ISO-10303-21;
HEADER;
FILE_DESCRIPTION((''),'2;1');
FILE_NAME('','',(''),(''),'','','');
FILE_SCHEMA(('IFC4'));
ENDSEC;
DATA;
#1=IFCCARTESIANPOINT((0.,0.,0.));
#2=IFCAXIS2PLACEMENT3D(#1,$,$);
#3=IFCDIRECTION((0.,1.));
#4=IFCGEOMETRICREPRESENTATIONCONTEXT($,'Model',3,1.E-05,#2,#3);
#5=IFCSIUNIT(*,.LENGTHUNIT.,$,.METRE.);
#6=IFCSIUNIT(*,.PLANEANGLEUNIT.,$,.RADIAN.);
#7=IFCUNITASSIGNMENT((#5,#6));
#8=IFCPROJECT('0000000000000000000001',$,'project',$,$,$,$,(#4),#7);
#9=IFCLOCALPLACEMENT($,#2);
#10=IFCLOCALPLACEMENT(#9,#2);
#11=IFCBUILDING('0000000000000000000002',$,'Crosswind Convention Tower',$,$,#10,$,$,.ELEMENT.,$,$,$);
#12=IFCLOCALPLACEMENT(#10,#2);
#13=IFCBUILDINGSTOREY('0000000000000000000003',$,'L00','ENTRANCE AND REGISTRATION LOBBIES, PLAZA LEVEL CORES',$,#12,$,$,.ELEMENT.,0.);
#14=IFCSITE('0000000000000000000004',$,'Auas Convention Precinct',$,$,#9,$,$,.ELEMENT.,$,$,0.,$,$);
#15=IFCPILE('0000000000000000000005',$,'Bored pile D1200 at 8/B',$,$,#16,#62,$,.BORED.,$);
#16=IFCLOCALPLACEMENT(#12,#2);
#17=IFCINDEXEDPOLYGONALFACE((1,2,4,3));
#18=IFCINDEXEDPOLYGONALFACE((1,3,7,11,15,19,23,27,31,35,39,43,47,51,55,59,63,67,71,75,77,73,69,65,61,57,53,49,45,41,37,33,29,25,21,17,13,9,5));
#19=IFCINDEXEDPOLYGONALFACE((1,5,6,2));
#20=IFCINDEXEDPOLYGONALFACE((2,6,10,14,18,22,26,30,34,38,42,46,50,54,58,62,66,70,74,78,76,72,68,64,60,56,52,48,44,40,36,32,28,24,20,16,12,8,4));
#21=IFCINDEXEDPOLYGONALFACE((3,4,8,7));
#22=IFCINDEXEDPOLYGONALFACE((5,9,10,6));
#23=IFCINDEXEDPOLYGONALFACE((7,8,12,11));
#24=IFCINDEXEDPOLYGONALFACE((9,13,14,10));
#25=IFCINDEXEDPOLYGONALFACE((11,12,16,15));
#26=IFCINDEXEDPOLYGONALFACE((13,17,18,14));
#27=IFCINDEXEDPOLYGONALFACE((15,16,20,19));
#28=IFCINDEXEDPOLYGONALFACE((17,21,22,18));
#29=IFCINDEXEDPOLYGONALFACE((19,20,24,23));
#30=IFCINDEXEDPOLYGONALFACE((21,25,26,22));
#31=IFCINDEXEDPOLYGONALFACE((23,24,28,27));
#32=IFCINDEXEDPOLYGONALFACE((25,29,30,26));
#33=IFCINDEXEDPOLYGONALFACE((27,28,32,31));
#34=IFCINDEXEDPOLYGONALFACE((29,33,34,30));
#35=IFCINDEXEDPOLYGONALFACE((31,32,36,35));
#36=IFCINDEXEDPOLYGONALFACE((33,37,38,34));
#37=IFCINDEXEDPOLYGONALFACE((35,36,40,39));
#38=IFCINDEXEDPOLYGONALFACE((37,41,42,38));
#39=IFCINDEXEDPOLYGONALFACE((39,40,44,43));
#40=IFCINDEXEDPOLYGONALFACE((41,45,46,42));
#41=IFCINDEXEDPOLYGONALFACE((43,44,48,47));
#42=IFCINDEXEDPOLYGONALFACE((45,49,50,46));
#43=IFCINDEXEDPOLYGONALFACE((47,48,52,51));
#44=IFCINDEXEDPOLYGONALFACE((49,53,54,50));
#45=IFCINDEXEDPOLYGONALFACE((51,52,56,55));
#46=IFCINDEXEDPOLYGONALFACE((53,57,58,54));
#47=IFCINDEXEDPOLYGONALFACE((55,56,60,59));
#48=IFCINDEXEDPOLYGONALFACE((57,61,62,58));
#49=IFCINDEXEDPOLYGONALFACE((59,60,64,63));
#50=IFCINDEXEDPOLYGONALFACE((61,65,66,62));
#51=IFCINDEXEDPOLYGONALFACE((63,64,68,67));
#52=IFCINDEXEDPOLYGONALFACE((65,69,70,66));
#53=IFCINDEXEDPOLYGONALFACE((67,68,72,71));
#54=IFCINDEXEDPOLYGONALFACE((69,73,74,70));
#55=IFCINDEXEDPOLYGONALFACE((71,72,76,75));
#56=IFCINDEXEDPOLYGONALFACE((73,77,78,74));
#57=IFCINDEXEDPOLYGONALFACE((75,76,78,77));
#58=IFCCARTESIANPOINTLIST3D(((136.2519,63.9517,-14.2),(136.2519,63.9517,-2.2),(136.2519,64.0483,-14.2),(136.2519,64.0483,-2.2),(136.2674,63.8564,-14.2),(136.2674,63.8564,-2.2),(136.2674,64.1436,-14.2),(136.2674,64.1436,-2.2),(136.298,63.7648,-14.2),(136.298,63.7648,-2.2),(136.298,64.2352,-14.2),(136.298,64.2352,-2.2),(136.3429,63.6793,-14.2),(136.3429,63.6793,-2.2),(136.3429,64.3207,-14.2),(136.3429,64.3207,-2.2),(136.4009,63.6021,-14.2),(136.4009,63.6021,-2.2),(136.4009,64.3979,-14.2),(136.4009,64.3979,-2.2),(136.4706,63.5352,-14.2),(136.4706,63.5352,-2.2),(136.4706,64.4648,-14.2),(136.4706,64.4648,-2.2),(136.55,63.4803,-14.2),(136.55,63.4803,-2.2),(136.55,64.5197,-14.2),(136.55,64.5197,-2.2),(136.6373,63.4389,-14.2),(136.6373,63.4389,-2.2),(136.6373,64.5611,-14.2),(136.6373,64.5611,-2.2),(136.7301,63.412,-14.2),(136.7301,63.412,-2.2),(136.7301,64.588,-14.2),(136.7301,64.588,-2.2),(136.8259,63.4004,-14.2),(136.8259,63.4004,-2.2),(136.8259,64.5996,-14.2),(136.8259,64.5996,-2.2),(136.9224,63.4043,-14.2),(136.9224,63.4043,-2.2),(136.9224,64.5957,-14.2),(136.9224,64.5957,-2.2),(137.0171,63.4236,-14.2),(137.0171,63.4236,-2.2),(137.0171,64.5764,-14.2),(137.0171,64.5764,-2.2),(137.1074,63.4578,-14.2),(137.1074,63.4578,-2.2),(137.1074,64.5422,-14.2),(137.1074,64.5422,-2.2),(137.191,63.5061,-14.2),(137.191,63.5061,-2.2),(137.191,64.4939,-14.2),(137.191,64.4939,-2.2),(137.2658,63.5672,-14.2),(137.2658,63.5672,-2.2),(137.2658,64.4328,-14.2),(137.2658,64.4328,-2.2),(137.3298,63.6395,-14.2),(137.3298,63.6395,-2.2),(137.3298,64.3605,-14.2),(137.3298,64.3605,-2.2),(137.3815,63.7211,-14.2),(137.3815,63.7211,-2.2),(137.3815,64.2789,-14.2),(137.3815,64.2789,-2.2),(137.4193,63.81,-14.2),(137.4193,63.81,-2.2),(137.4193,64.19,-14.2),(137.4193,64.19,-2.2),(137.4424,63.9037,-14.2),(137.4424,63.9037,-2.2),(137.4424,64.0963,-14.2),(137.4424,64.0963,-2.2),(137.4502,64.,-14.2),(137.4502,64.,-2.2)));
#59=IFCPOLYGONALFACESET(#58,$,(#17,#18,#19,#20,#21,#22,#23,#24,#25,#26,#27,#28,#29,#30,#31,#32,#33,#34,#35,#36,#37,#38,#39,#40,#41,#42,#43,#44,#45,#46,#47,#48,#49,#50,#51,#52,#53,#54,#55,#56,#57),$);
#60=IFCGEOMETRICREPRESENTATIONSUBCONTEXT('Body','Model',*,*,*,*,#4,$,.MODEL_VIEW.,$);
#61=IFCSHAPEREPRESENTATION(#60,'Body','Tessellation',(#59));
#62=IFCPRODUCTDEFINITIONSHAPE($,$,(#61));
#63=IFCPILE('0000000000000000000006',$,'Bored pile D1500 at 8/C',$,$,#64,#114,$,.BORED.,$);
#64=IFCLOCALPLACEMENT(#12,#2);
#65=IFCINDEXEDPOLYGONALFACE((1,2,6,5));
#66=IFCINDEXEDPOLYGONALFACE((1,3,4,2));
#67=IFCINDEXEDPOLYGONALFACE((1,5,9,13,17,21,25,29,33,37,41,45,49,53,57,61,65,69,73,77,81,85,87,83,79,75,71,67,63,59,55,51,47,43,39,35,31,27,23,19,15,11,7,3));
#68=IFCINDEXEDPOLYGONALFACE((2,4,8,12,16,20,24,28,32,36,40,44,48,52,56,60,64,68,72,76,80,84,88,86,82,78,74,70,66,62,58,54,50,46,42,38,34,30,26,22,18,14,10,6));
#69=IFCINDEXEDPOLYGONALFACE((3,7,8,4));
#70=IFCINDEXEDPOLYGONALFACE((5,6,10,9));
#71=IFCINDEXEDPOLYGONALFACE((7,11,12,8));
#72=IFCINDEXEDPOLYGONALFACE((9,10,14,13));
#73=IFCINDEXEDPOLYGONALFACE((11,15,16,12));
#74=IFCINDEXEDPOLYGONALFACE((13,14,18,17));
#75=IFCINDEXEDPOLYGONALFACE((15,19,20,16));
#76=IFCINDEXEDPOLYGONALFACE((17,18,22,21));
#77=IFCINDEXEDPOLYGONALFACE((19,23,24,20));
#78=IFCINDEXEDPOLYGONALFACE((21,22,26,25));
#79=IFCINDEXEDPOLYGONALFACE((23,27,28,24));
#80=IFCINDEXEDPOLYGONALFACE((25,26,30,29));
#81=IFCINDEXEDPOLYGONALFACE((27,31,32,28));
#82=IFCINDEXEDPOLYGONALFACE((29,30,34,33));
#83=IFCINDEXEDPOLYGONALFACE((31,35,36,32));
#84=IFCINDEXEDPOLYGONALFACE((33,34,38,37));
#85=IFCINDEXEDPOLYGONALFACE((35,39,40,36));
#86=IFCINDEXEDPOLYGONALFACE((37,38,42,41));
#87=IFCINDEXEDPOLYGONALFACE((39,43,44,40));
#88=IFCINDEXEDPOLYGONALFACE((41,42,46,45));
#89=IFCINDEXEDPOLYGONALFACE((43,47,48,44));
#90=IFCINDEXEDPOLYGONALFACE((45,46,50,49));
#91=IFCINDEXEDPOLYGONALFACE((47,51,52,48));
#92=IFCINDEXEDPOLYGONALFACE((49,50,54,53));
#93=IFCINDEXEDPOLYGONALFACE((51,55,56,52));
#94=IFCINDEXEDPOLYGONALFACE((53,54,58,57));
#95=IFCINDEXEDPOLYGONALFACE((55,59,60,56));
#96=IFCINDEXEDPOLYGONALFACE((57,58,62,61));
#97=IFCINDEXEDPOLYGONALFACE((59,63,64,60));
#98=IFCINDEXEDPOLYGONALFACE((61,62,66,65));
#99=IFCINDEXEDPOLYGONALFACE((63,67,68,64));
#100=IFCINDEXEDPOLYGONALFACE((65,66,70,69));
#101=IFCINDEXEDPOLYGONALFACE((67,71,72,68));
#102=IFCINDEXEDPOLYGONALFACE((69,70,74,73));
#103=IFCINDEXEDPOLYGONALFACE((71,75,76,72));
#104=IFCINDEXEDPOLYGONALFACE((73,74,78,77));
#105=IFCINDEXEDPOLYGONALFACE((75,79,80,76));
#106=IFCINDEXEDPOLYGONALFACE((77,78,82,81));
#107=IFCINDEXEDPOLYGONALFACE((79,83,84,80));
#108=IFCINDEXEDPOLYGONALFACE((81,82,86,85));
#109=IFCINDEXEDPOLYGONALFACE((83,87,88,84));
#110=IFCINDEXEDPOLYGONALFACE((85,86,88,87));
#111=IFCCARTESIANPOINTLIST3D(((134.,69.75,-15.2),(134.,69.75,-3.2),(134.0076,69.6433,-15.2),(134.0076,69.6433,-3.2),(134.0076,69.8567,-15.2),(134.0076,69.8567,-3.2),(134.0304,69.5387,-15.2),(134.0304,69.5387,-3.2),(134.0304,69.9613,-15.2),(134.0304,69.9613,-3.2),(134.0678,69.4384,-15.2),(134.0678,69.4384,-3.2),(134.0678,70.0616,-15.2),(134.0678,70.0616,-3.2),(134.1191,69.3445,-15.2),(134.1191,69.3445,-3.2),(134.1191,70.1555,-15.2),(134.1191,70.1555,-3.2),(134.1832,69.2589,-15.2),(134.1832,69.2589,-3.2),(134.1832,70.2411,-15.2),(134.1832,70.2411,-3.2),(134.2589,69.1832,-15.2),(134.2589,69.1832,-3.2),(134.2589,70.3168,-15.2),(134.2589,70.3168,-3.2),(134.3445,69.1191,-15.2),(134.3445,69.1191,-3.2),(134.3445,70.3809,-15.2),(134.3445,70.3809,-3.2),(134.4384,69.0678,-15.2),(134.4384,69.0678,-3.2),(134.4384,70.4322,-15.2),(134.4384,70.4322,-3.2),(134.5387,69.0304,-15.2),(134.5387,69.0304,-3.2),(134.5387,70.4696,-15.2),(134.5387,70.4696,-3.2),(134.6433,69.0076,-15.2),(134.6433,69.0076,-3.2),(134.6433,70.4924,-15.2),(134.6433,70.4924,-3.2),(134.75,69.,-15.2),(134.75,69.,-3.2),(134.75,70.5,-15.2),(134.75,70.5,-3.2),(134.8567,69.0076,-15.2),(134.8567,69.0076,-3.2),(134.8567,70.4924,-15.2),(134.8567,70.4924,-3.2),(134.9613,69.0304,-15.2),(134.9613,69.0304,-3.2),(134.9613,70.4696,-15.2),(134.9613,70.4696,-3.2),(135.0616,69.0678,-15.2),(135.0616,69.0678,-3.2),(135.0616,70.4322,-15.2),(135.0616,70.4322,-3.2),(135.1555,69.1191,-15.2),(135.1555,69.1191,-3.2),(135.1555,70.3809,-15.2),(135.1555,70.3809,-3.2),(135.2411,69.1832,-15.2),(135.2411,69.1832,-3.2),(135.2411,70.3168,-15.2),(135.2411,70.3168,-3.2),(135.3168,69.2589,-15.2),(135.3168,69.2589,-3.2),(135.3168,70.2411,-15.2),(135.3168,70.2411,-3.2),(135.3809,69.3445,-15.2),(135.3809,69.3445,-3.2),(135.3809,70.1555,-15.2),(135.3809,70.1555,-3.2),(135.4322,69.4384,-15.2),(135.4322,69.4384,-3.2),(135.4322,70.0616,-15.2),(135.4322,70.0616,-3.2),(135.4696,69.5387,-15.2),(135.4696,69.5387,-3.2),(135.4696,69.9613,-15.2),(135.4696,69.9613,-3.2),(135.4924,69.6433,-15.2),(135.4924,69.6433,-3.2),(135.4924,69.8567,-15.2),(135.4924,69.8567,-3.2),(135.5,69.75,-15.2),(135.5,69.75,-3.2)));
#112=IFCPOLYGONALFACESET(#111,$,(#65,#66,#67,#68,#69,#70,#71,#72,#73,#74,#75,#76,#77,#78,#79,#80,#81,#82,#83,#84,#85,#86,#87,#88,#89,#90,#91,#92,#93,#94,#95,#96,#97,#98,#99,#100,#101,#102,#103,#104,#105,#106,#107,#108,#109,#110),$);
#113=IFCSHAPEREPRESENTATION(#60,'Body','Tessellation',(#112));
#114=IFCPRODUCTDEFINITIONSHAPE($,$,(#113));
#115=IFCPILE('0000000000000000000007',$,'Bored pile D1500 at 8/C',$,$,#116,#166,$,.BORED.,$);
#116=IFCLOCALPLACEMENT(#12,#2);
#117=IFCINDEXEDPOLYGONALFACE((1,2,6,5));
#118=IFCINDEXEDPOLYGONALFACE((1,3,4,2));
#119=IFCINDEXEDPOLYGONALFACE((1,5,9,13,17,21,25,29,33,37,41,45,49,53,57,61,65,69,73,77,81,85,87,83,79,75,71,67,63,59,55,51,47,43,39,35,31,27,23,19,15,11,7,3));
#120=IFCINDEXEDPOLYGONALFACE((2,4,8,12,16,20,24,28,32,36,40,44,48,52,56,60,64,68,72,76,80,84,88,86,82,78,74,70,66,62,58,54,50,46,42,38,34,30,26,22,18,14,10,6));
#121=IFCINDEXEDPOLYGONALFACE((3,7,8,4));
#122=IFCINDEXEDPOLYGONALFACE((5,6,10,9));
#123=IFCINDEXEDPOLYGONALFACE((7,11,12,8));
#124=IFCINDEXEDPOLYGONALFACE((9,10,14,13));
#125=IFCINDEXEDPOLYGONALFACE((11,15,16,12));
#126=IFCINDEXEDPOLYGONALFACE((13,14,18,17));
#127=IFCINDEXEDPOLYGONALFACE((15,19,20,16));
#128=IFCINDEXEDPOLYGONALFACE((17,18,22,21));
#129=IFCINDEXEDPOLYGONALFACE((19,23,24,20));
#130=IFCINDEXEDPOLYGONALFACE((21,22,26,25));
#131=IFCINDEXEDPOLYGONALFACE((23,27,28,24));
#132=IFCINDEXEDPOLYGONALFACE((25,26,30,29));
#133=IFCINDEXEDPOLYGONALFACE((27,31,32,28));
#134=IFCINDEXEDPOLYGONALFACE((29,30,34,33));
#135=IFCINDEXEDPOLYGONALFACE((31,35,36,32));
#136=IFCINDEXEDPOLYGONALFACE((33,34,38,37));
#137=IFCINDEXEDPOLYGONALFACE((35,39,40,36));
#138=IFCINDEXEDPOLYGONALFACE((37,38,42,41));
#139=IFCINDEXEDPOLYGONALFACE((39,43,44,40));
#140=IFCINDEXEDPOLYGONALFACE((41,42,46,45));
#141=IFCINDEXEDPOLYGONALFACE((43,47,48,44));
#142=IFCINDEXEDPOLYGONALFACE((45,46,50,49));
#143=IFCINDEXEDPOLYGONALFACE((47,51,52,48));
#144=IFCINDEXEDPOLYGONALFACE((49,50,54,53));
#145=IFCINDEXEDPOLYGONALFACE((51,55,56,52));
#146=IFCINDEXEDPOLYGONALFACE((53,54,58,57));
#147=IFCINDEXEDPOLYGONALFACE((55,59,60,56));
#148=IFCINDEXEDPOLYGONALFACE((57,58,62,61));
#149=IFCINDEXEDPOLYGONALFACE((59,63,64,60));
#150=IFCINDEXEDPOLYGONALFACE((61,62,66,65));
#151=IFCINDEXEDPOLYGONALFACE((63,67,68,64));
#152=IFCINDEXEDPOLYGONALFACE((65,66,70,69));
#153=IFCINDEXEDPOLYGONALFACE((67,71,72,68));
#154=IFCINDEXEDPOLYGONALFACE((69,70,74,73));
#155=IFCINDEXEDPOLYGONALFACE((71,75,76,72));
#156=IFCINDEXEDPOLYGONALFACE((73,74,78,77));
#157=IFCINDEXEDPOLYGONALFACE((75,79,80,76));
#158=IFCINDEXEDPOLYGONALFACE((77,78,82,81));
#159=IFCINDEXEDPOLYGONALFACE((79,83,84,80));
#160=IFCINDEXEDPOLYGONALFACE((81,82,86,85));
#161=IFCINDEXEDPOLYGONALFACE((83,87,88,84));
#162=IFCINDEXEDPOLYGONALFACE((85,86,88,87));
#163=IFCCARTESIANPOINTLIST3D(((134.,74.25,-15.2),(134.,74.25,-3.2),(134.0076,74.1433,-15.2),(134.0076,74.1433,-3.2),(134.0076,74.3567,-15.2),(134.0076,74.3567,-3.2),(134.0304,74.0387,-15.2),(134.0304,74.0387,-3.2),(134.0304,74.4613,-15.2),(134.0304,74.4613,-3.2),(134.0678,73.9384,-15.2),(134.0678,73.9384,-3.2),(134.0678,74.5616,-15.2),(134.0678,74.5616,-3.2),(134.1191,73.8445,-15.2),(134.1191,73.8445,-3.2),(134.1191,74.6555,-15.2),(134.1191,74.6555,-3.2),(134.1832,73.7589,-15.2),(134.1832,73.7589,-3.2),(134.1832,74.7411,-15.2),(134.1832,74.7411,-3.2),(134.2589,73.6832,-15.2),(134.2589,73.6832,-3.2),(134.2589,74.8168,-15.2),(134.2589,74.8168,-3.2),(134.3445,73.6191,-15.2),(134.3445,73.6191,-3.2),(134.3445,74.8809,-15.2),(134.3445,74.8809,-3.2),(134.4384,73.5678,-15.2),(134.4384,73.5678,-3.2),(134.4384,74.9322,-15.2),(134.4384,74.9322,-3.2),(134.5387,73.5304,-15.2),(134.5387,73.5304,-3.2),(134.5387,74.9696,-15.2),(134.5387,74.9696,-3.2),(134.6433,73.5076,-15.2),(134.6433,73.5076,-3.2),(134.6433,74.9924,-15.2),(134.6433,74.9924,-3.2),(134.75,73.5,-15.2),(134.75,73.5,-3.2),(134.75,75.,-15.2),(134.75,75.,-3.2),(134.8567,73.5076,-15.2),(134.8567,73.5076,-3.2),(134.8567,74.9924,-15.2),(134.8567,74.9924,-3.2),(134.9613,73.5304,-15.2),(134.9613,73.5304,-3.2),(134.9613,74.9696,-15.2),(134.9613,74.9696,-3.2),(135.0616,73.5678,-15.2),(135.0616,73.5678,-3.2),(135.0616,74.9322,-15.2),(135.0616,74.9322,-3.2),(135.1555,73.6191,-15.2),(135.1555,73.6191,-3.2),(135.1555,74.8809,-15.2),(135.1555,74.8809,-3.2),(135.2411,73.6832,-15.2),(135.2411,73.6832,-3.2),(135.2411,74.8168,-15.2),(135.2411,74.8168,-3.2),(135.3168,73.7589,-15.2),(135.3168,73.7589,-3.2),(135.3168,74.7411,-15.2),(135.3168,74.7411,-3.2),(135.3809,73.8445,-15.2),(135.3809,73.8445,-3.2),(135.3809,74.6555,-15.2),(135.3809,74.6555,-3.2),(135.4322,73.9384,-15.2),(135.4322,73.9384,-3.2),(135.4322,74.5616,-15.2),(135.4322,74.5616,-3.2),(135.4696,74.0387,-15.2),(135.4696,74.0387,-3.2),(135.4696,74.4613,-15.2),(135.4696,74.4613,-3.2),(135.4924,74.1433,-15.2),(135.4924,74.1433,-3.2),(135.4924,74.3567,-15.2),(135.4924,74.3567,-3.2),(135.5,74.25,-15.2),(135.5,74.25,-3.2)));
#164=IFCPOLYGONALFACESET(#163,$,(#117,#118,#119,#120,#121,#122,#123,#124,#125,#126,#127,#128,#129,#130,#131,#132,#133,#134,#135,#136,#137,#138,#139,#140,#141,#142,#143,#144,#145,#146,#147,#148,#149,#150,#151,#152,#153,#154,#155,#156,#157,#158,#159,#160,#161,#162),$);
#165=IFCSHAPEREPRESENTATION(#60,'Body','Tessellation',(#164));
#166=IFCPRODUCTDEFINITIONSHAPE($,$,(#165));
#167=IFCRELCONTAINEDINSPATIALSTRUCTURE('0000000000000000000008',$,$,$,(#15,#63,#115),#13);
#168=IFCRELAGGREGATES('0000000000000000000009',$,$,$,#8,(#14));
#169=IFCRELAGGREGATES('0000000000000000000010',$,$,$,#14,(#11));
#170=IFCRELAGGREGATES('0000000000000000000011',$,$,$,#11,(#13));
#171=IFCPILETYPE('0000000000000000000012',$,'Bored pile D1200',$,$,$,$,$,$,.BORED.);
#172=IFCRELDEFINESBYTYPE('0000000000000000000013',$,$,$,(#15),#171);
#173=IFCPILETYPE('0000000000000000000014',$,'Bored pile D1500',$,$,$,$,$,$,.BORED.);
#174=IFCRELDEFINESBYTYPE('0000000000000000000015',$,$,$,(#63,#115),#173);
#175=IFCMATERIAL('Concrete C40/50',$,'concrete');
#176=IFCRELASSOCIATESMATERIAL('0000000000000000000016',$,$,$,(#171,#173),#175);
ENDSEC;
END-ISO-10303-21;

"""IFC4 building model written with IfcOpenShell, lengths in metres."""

from ifc_helpers import new_model, si_unit, direction, frame, origin, origin_2d, place, context, subcontext, project, spatial, circle, extrude, material, material_profile, profile_set, type_object, element, save


model = new_model("IFC4")

# Units and contexts
model_context = context("Model", 3, precision=1e-05, world=origin(), true_north=direction((0.0, 1.0)))
body_context = subcontext(model_context, "Body", "Model", "MODEL_VIEW")
ifc_project = project(units=[si_unit("LENGTHUNIT", "METRE"), si_unit("PLANEANGLEUNIT", "RADIAN")], contexts=[model_context])

# Site, building, storey
site_placement = place(None, origin())
site = spatial("IfcSite", under=ifc_project, at=site_placement, Name="Auas Convention Precinct", CompositionType="ELEMENT", RefElevation=0.0)
building_placement = place(site_placement, origin())
building = spatial("IfcBuilding", under=site, at=building_placement, Name="Crosswind Convention Tower", CompositionType="ELEMENT")
storey_placement = place(building_placement, origin())
storey = spatial("IfcBuildingStorey", under=building, at=storey_placement, Name="L00", Description="ENTRANCE AND REGISTRATION LOBBIES, PLAZA LEVEL CORES", CompositionType="ELEMENT", Elevation=0.0)

# Piles
ifc_material_1 = material(Name="Concrete C40/50", Category="concrete")
ifc_material_profile_1 = material_profile(ifc_material_1, circle(Radius=0.6001, at=origin_2d()), Name="Bored pile D1200")
ifc_profile_set_1 = profile_set([ifc_material_profile_1], Name="Concrete C40/50")
pile_type_1 = type_object("IfcPileType", Name="Bored pile D1200", PredefinedType="BORED", material=ifc_profile_set_1)
for number, where, z_axis, x_axis, name in (
    (1, (136.8501, 64.0, -2.2), (0.0, 0.0, -1.0), (1.0, 0.0, 0.0), "Bored pile D1200 at 8/B"),
):
    element("IfcPile", number, at=place(storey_placement, frame(where, z_axis=z_axis, x_axis=x_axis)), inside=storey, type_object=pile_type_1, Name=name, PredefinedType="BORED", context=body_context, shape_type="SweptSolid", body=[
        extrude(circle(Radius=0.6001, at=origin_2d()), origin(), (0.0, 0.0, 1.0), 12.0),
    ])
ifc_material_profile_2 = material_profile(ifc_material_1, circle(Radius=0.75, at=origin_2d()), Name="Bored pile D1500")
ifc_profile_set_2 = profile_set([ifc_material_profile_2], Name="Concrete C40/50")
pile_type_2 = type_object("IfcPileType", Name="Bored pile D1500", PredefinedType="BORED", material=ifc_profile_set_2)
for number, where, z_axis, x_axis, name in (
    (2, (134.75, 69.75, -3.2), (0.0, 0.0, -1.0), (1.0, 0.0, 0.0), "Bored pile D1500 at 8/C"),
    (3, (134.75, 74.25, -3.2), (0.0, 0.0, -1.0), (1.0, 0.0, 0.0), "Bored pile D1500 at 8/C"),
):
    element("IfcPile", number, at=place(storey_placement, frame(where, z_axis=z_axis, x_axis=x_axis)), inside=storey, type_object=pile_type_2, Name=name, PredefinedType="BORED", context=body_context, shape_type="SweptSolid", body=[
        extrude(circle(Radius=0.75, at=origin_2d()), origin(), (0.0, 0.0, 1.0), 12.0),
    ])

save(model, "model.ifc")
